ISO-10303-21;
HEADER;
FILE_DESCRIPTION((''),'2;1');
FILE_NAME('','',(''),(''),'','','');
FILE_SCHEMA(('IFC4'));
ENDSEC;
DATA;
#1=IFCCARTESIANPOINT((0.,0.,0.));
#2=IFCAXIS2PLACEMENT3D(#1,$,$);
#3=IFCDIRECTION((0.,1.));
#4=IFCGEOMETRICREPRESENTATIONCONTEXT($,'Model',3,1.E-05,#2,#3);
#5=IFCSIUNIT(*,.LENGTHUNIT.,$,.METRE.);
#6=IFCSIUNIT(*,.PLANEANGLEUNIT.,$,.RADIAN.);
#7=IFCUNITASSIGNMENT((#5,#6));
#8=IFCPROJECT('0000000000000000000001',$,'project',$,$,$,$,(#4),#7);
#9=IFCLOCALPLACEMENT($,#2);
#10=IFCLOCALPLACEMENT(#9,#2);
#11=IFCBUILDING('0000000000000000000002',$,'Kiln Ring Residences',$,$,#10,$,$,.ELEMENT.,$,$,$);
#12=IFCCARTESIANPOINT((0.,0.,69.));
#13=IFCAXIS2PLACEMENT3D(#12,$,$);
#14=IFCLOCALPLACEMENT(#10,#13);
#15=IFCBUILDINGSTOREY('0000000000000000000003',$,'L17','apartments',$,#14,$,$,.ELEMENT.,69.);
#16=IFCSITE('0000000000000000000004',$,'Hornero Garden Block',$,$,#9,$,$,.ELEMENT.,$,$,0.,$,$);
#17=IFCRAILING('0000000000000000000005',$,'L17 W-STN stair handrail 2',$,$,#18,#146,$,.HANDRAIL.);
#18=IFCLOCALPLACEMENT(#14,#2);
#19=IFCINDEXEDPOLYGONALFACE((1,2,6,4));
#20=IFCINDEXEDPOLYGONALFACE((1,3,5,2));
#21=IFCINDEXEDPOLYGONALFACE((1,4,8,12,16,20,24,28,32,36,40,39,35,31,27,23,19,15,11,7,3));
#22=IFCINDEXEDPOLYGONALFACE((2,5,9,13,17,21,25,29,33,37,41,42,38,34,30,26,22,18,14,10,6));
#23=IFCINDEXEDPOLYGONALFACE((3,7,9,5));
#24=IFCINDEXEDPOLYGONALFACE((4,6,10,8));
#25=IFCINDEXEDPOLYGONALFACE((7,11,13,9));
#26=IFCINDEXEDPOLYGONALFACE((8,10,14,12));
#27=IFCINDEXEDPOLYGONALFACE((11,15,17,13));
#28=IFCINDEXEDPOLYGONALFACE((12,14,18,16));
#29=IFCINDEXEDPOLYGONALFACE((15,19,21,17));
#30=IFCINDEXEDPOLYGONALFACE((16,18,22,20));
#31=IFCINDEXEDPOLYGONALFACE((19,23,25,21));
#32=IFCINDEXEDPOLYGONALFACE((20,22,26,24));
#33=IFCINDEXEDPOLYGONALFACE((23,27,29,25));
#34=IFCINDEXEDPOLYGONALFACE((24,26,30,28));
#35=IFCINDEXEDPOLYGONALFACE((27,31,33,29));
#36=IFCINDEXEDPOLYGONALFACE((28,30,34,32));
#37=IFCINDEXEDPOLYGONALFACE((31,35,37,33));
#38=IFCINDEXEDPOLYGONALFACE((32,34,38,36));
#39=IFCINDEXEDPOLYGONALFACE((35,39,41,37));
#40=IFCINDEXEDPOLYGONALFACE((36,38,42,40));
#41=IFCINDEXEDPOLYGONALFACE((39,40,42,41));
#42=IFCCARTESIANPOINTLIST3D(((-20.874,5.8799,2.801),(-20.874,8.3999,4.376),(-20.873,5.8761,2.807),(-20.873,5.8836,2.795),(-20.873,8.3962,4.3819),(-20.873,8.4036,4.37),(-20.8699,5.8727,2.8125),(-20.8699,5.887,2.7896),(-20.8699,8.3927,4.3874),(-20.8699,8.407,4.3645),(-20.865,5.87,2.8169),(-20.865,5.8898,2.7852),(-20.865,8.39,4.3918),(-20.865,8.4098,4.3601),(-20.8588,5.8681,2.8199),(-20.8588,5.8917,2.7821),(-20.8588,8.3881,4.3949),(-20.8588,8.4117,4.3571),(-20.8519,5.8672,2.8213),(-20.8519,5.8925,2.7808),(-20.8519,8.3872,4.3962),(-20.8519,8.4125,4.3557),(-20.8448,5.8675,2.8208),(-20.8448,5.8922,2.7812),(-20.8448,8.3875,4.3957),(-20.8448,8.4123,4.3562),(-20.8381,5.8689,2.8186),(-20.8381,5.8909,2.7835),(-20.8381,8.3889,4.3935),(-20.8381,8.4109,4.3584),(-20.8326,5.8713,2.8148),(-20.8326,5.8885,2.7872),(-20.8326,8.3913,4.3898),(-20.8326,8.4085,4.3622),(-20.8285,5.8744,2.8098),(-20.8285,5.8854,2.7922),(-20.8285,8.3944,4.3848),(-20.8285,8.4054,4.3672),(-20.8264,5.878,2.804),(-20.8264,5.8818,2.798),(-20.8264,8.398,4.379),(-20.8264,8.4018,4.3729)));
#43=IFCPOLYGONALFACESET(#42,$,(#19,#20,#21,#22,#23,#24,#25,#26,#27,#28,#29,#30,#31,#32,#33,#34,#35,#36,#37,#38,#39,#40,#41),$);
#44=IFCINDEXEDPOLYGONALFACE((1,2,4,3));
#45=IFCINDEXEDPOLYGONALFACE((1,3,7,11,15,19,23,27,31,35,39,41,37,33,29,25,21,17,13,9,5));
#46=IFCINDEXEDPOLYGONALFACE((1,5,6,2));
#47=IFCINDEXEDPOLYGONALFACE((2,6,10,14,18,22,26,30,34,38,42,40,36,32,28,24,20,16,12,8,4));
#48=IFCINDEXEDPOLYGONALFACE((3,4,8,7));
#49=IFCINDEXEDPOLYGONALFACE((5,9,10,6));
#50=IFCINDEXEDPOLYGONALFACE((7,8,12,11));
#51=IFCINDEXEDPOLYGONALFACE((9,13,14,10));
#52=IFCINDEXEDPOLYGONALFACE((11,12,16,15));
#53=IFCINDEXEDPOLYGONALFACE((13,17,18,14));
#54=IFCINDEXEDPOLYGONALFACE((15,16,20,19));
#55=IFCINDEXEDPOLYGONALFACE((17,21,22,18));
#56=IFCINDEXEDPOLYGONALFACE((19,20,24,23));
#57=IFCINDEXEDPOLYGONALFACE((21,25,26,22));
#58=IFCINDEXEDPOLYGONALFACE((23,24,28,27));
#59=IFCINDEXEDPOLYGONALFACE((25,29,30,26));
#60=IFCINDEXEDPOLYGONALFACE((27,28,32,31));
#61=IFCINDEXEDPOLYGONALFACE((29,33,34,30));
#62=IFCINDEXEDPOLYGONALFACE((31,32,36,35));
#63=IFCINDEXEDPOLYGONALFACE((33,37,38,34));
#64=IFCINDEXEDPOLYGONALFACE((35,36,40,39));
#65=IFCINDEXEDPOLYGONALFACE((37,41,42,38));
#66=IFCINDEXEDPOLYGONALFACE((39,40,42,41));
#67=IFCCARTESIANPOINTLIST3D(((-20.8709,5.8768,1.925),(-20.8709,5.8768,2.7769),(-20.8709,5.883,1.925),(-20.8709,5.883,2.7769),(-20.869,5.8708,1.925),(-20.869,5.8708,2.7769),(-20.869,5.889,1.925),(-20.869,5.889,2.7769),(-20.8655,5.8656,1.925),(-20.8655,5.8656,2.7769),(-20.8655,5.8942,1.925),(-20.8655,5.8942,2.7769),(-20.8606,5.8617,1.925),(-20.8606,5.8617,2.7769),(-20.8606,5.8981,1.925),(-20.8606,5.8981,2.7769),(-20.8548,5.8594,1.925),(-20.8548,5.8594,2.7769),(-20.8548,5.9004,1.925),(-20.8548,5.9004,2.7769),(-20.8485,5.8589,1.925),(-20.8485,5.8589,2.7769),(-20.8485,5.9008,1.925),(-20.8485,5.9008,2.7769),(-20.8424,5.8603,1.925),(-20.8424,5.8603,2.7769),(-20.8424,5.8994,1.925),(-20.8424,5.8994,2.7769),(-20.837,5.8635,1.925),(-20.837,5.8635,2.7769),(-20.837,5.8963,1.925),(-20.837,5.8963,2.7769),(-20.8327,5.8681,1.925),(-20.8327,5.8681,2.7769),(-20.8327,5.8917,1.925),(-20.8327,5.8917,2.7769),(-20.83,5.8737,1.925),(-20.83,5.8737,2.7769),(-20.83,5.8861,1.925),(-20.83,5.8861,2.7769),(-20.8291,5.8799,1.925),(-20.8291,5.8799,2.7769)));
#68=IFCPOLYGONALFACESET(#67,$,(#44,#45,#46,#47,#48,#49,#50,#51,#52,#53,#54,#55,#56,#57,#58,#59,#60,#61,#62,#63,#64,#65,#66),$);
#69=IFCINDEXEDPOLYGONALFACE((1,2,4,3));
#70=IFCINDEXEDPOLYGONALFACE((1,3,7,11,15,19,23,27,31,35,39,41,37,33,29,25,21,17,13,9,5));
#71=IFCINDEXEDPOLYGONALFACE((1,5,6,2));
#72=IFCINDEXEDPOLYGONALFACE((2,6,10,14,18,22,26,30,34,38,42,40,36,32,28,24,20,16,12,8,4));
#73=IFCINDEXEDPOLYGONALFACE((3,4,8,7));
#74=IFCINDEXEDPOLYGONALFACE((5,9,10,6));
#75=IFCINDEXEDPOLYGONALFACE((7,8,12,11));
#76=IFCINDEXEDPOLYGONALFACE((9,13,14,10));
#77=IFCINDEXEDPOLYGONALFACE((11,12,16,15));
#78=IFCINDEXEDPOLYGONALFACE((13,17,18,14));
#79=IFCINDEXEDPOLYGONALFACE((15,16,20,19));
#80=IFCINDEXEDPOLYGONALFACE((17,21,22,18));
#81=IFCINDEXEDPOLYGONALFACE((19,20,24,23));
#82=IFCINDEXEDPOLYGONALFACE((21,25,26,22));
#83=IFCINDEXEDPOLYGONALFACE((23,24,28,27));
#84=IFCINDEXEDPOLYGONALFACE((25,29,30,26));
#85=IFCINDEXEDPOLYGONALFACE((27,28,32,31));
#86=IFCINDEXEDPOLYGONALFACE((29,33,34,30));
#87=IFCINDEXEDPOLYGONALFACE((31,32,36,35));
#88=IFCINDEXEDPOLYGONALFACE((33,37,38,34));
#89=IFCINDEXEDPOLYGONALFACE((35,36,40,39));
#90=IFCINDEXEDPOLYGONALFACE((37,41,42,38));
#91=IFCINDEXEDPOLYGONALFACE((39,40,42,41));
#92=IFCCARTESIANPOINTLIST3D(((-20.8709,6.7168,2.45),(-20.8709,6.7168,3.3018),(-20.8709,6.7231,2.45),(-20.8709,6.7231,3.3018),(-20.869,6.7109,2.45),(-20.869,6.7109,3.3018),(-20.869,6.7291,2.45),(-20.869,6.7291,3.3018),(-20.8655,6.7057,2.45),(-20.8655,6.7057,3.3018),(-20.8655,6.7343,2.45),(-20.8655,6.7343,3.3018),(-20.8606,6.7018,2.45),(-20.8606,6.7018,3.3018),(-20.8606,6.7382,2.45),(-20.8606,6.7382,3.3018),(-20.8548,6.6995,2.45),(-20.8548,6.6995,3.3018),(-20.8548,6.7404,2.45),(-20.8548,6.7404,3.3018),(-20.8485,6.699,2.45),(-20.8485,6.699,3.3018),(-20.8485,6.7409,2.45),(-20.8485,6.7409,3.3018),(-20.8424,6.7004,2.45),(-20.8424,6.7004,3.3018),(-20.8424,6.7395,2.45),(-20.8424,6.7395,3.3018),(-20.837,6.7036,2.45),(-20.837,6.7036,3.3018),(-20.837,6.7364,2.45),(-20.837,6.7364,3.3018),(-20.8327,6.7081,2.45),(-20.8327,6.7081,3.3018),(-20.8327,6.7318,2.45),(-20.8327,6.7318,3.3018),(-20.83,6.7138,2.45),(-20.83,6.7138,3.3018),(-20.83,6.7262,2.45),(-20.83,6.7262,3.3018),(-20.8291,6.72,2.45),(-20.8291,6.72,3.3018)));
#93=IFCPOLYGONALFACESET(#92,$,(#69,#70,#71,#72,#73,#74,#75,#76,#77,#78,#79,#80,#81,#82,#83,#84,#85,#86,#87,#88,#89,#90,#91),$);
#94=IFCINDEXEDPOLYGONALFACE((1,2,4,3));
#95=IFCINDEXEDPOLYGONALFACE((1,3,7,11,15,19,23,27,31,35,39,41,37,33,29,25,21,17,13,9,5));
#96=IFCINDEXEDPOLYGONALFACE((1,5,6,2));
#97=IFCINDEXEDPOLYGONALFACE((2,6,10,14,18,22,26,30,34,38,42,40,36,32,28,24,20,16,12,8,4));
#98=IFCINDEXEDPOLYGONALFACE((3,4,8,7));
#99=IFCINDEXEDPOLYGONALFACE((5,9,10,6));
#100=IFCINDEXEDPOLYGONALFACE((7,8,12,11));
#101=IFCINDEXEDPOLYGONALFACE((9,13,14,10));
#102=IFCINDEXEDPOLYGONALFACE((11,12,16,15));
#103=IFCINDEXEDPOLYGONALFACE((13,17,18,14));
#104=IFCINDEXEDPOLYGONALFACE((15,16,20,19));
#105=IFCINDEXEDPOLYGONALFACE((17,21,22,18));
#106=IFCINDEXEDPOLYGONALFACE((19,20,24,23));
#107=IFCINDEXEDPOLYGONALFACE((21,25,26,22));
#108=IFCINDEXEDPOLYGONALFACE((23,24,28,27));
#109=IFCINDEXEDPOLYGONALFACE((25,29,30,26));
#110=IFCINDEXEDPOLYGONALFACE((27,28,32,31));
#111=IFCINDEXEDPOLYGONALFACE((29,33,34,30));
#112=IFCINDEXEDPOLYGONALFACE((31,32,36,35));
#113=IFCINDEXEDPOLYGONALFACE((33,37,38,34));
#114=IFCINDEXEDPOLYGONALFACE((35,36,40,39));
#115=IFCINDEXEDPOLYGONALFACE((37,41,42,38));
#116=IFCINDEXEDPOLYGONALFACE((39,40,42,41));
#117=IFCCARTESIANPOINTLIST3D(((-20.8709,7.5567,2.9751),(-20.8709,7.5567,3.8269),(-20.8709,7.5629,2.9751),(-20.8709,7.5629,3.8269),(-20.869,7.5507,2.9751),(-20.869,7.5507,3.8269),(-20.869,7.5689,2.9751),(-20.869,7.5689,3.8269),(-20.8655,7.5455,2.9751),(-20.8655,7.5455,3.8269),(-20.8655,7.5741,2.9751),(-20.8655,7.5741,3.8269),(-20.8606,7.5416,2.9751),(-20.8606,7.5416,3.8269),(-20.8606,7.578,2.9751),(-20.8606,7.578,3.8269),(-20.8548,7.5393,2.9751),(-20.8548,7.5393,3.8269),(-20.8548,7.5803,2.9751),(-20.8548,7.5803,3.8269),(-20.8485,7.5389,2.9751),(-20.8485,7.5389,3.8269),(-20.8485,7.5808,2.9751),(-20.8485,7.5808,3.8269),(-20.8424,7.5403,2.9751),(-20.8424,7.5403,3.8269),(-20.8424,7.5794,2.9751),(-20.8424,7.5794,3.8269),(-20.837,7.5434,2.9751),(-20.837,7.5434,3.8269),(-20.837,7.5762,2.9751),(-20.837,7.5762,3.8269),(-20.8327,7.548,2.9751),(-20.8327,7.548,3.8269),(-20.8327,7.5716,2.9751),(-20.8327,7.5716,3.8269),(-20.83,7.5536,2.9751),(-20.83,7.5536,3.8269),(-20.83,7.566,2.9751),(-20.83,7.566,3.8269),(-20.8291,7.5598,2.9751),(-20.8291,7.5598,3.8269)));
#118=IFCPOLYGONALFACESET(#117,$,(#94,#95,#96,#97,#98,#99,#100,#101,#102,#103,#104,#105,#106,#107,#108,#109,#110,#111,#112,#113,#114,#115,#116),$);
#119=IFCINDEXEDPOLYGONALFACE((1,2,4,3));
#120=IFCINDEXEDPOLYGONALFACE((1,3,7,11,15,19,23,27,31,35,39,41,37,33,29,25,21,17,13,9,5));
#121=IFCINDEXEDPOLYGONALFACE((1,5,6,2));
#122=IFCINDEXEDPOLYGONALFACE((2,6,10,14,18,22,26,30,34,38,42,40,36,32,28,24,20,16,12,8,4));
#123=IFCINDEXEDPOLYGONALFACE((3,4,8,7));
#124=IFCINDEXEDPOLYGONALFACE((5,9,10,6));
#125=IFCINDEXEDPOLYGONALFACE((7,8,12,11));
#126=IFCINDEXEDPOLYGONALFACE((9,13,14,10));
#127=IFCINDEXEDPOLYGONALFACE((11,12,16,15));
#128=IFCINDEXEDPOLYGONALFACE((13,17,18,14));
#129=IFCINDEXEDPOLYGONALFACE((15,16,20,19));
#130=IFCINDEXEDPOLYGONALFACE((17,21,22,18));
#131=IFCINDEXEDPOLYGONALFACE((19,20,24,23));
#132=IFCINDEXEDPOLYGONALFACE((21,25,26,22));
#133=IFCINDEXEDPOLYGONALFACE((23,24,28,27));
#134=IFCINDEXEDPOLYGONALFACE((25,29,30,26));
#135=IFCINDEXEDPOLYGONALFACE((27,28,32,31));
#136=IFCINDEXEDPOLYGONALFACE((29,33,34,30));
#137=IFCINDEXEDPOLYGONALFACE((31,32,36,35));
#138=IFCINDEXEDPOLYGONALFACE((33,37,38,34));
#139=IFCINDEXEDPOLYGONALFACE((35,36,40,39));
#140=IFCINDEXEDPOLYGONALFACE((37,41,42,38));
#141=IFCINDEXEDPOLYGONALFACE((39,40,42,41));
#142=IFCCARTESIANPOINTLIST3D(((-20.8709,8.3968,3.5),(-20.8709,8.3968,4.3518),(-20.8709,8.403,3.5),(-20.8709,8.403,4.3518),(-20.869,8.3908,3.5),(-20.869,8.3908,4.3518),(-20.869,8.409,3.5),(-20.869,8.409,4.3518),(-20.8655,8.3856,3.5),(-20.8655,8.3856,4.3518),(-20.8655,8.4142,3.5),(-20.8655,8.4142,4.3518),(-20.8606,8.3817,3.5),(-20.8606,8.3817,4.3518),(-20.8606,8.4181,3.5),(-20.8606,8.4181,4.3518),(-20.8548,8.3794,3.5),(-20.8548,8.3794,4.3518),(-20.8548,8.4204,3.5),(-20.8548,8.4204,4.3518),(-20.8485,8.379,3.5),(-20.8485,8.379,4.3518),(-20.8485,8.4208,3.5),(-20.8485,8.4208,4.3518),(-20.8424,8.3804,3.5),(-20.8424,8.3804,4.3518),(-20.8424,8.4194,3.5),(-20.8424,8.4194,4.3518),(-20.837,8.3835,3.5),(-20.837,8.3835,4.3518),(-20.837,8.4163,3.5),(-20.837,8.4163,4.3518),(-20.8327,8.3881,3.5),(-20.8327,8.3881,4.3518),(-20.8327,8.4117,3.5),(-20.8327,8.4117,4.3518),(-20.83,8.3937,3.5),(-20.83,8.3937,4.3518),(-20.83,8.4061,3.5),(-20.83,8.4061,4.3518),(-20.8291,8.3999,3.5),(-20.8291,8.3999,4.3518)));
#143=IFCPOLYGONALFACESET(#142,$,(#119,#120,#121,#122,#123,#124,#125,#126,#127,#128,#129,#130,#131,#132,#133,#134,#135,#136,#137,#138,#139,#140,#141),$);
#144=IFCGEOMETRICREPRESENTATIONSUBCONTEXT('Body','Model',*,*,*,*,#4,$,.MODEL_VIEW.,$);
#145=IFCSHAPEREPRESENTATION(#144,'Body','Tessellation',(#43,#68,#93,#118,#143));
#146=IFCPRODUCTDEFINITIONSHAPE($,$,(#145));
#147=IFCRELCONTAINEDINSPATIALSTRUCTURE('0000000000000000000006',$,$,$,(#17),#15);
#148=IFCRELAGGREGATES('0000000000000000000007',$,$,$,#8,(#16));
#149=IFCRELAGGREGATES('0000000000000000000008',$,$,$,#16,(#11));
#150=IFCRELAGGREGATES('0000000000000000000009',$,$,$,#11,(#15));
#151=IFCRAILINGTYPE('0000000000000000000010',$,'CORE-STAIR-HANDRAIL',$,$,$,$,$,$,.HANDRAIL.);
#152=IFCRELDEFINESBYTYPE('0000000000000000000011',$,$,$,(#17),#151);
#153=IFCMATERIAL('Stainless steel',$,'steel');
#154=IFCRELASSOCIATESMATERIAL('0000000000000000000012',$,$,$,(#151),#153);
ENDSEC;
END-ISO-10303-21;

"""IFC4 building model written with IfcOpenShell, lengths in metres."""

from ifc_helpers import new_model, si_unit, direction, frame, origin, origin_2d, place, context, subcontext, project, spatial, circle, extrude, material, type_object, element, save


model = new_model("IFC4")

# Units and contexts
model_context = context("Model", 3, precision=1e-05, world=origin(), true_north=direction((0.0, 1.0)))
body_context = subcontext(model_context, "Body", "Model", "MODEL_VIEW")
ifc_project = project(units=[si_unit("LENGTHUNIT", "METRE"), si_unit("PLANEANGLEUNIT", "RADIAN")], contexts=[model_context])

# Site, building, storey
site_placement = place(None, origin())
site = spatial("IfcSite", under=ifc_project, at=site_placement, Name="Hornero Garden Block", CompositionType="ELEMENT", RefElevation=0.0)
building_placement = place(site_placement, origin())
building = spatial("IfcBuilding", under=site, at=building_placement, Name="Kiln Ring Residences", CompositionType="ELEMENT")
storey_placement = place(building_placement, frame((0.0, 0.0, 69.0)))
storey = spatial("IfcBuildingStorey", under=building, at=storey_placement, Name="L17", Description="apartments", CompositionType="ELEMENT", Elevation=69.0)

# Railing
ifc_material_1 = material(Name="Stainless steel", Category="steel")
railing_type_1 = type_object("IfcRailingType", Name="CORE-STAIR-HANDRAIL", PredefinedType="HANDRAIL", material=ifc_material_1)
railing_1_placement = place(storey_placement, frame((-20.8501, 5.8799, 1.925)))
element("IfcRailing", 1, at=railing_1_placement, inside=storey, type_object=railing_type_1, Name="L17 W-STN stair handrail 2", PredefinedType="HANDRAIL", context=body_context, shape_type="SweptSolid", body=[
    extrude(circle(Radius=0.0239, at=origin_2d()), frame((0.0, 0.0, 0.876), z_axis=(0.0, 0.848008, 0.529984), x_axis=(-1.0, 0.0, 0.0)), (0.0, 0.0, 1.0), 2.9717),
    extrude(circle(Radius=0.021, at=origin_2d()), origin(), (0.0, 0.0, 1.0), 0.8518),
    extrude(circle(Radius=0.021, at=origin_2d()), frame((0.0, 0.8401, 0.5249)), (0.0, 0.0, 1.0), 0.8518),
    extrude(circle(Radius=0.021, at=origin_2d()), frame((0.0, 1.6799, 1.05)), (0.0, 0.0, 1.0), 0.8518),
    extrude(circle(Radius=0.021, at=origin_2d()), frame((0.0, 2.52, 1.575)), (0.0, 0.0, 1.0), 0.8518),
])

save(model, "model.ifc")
